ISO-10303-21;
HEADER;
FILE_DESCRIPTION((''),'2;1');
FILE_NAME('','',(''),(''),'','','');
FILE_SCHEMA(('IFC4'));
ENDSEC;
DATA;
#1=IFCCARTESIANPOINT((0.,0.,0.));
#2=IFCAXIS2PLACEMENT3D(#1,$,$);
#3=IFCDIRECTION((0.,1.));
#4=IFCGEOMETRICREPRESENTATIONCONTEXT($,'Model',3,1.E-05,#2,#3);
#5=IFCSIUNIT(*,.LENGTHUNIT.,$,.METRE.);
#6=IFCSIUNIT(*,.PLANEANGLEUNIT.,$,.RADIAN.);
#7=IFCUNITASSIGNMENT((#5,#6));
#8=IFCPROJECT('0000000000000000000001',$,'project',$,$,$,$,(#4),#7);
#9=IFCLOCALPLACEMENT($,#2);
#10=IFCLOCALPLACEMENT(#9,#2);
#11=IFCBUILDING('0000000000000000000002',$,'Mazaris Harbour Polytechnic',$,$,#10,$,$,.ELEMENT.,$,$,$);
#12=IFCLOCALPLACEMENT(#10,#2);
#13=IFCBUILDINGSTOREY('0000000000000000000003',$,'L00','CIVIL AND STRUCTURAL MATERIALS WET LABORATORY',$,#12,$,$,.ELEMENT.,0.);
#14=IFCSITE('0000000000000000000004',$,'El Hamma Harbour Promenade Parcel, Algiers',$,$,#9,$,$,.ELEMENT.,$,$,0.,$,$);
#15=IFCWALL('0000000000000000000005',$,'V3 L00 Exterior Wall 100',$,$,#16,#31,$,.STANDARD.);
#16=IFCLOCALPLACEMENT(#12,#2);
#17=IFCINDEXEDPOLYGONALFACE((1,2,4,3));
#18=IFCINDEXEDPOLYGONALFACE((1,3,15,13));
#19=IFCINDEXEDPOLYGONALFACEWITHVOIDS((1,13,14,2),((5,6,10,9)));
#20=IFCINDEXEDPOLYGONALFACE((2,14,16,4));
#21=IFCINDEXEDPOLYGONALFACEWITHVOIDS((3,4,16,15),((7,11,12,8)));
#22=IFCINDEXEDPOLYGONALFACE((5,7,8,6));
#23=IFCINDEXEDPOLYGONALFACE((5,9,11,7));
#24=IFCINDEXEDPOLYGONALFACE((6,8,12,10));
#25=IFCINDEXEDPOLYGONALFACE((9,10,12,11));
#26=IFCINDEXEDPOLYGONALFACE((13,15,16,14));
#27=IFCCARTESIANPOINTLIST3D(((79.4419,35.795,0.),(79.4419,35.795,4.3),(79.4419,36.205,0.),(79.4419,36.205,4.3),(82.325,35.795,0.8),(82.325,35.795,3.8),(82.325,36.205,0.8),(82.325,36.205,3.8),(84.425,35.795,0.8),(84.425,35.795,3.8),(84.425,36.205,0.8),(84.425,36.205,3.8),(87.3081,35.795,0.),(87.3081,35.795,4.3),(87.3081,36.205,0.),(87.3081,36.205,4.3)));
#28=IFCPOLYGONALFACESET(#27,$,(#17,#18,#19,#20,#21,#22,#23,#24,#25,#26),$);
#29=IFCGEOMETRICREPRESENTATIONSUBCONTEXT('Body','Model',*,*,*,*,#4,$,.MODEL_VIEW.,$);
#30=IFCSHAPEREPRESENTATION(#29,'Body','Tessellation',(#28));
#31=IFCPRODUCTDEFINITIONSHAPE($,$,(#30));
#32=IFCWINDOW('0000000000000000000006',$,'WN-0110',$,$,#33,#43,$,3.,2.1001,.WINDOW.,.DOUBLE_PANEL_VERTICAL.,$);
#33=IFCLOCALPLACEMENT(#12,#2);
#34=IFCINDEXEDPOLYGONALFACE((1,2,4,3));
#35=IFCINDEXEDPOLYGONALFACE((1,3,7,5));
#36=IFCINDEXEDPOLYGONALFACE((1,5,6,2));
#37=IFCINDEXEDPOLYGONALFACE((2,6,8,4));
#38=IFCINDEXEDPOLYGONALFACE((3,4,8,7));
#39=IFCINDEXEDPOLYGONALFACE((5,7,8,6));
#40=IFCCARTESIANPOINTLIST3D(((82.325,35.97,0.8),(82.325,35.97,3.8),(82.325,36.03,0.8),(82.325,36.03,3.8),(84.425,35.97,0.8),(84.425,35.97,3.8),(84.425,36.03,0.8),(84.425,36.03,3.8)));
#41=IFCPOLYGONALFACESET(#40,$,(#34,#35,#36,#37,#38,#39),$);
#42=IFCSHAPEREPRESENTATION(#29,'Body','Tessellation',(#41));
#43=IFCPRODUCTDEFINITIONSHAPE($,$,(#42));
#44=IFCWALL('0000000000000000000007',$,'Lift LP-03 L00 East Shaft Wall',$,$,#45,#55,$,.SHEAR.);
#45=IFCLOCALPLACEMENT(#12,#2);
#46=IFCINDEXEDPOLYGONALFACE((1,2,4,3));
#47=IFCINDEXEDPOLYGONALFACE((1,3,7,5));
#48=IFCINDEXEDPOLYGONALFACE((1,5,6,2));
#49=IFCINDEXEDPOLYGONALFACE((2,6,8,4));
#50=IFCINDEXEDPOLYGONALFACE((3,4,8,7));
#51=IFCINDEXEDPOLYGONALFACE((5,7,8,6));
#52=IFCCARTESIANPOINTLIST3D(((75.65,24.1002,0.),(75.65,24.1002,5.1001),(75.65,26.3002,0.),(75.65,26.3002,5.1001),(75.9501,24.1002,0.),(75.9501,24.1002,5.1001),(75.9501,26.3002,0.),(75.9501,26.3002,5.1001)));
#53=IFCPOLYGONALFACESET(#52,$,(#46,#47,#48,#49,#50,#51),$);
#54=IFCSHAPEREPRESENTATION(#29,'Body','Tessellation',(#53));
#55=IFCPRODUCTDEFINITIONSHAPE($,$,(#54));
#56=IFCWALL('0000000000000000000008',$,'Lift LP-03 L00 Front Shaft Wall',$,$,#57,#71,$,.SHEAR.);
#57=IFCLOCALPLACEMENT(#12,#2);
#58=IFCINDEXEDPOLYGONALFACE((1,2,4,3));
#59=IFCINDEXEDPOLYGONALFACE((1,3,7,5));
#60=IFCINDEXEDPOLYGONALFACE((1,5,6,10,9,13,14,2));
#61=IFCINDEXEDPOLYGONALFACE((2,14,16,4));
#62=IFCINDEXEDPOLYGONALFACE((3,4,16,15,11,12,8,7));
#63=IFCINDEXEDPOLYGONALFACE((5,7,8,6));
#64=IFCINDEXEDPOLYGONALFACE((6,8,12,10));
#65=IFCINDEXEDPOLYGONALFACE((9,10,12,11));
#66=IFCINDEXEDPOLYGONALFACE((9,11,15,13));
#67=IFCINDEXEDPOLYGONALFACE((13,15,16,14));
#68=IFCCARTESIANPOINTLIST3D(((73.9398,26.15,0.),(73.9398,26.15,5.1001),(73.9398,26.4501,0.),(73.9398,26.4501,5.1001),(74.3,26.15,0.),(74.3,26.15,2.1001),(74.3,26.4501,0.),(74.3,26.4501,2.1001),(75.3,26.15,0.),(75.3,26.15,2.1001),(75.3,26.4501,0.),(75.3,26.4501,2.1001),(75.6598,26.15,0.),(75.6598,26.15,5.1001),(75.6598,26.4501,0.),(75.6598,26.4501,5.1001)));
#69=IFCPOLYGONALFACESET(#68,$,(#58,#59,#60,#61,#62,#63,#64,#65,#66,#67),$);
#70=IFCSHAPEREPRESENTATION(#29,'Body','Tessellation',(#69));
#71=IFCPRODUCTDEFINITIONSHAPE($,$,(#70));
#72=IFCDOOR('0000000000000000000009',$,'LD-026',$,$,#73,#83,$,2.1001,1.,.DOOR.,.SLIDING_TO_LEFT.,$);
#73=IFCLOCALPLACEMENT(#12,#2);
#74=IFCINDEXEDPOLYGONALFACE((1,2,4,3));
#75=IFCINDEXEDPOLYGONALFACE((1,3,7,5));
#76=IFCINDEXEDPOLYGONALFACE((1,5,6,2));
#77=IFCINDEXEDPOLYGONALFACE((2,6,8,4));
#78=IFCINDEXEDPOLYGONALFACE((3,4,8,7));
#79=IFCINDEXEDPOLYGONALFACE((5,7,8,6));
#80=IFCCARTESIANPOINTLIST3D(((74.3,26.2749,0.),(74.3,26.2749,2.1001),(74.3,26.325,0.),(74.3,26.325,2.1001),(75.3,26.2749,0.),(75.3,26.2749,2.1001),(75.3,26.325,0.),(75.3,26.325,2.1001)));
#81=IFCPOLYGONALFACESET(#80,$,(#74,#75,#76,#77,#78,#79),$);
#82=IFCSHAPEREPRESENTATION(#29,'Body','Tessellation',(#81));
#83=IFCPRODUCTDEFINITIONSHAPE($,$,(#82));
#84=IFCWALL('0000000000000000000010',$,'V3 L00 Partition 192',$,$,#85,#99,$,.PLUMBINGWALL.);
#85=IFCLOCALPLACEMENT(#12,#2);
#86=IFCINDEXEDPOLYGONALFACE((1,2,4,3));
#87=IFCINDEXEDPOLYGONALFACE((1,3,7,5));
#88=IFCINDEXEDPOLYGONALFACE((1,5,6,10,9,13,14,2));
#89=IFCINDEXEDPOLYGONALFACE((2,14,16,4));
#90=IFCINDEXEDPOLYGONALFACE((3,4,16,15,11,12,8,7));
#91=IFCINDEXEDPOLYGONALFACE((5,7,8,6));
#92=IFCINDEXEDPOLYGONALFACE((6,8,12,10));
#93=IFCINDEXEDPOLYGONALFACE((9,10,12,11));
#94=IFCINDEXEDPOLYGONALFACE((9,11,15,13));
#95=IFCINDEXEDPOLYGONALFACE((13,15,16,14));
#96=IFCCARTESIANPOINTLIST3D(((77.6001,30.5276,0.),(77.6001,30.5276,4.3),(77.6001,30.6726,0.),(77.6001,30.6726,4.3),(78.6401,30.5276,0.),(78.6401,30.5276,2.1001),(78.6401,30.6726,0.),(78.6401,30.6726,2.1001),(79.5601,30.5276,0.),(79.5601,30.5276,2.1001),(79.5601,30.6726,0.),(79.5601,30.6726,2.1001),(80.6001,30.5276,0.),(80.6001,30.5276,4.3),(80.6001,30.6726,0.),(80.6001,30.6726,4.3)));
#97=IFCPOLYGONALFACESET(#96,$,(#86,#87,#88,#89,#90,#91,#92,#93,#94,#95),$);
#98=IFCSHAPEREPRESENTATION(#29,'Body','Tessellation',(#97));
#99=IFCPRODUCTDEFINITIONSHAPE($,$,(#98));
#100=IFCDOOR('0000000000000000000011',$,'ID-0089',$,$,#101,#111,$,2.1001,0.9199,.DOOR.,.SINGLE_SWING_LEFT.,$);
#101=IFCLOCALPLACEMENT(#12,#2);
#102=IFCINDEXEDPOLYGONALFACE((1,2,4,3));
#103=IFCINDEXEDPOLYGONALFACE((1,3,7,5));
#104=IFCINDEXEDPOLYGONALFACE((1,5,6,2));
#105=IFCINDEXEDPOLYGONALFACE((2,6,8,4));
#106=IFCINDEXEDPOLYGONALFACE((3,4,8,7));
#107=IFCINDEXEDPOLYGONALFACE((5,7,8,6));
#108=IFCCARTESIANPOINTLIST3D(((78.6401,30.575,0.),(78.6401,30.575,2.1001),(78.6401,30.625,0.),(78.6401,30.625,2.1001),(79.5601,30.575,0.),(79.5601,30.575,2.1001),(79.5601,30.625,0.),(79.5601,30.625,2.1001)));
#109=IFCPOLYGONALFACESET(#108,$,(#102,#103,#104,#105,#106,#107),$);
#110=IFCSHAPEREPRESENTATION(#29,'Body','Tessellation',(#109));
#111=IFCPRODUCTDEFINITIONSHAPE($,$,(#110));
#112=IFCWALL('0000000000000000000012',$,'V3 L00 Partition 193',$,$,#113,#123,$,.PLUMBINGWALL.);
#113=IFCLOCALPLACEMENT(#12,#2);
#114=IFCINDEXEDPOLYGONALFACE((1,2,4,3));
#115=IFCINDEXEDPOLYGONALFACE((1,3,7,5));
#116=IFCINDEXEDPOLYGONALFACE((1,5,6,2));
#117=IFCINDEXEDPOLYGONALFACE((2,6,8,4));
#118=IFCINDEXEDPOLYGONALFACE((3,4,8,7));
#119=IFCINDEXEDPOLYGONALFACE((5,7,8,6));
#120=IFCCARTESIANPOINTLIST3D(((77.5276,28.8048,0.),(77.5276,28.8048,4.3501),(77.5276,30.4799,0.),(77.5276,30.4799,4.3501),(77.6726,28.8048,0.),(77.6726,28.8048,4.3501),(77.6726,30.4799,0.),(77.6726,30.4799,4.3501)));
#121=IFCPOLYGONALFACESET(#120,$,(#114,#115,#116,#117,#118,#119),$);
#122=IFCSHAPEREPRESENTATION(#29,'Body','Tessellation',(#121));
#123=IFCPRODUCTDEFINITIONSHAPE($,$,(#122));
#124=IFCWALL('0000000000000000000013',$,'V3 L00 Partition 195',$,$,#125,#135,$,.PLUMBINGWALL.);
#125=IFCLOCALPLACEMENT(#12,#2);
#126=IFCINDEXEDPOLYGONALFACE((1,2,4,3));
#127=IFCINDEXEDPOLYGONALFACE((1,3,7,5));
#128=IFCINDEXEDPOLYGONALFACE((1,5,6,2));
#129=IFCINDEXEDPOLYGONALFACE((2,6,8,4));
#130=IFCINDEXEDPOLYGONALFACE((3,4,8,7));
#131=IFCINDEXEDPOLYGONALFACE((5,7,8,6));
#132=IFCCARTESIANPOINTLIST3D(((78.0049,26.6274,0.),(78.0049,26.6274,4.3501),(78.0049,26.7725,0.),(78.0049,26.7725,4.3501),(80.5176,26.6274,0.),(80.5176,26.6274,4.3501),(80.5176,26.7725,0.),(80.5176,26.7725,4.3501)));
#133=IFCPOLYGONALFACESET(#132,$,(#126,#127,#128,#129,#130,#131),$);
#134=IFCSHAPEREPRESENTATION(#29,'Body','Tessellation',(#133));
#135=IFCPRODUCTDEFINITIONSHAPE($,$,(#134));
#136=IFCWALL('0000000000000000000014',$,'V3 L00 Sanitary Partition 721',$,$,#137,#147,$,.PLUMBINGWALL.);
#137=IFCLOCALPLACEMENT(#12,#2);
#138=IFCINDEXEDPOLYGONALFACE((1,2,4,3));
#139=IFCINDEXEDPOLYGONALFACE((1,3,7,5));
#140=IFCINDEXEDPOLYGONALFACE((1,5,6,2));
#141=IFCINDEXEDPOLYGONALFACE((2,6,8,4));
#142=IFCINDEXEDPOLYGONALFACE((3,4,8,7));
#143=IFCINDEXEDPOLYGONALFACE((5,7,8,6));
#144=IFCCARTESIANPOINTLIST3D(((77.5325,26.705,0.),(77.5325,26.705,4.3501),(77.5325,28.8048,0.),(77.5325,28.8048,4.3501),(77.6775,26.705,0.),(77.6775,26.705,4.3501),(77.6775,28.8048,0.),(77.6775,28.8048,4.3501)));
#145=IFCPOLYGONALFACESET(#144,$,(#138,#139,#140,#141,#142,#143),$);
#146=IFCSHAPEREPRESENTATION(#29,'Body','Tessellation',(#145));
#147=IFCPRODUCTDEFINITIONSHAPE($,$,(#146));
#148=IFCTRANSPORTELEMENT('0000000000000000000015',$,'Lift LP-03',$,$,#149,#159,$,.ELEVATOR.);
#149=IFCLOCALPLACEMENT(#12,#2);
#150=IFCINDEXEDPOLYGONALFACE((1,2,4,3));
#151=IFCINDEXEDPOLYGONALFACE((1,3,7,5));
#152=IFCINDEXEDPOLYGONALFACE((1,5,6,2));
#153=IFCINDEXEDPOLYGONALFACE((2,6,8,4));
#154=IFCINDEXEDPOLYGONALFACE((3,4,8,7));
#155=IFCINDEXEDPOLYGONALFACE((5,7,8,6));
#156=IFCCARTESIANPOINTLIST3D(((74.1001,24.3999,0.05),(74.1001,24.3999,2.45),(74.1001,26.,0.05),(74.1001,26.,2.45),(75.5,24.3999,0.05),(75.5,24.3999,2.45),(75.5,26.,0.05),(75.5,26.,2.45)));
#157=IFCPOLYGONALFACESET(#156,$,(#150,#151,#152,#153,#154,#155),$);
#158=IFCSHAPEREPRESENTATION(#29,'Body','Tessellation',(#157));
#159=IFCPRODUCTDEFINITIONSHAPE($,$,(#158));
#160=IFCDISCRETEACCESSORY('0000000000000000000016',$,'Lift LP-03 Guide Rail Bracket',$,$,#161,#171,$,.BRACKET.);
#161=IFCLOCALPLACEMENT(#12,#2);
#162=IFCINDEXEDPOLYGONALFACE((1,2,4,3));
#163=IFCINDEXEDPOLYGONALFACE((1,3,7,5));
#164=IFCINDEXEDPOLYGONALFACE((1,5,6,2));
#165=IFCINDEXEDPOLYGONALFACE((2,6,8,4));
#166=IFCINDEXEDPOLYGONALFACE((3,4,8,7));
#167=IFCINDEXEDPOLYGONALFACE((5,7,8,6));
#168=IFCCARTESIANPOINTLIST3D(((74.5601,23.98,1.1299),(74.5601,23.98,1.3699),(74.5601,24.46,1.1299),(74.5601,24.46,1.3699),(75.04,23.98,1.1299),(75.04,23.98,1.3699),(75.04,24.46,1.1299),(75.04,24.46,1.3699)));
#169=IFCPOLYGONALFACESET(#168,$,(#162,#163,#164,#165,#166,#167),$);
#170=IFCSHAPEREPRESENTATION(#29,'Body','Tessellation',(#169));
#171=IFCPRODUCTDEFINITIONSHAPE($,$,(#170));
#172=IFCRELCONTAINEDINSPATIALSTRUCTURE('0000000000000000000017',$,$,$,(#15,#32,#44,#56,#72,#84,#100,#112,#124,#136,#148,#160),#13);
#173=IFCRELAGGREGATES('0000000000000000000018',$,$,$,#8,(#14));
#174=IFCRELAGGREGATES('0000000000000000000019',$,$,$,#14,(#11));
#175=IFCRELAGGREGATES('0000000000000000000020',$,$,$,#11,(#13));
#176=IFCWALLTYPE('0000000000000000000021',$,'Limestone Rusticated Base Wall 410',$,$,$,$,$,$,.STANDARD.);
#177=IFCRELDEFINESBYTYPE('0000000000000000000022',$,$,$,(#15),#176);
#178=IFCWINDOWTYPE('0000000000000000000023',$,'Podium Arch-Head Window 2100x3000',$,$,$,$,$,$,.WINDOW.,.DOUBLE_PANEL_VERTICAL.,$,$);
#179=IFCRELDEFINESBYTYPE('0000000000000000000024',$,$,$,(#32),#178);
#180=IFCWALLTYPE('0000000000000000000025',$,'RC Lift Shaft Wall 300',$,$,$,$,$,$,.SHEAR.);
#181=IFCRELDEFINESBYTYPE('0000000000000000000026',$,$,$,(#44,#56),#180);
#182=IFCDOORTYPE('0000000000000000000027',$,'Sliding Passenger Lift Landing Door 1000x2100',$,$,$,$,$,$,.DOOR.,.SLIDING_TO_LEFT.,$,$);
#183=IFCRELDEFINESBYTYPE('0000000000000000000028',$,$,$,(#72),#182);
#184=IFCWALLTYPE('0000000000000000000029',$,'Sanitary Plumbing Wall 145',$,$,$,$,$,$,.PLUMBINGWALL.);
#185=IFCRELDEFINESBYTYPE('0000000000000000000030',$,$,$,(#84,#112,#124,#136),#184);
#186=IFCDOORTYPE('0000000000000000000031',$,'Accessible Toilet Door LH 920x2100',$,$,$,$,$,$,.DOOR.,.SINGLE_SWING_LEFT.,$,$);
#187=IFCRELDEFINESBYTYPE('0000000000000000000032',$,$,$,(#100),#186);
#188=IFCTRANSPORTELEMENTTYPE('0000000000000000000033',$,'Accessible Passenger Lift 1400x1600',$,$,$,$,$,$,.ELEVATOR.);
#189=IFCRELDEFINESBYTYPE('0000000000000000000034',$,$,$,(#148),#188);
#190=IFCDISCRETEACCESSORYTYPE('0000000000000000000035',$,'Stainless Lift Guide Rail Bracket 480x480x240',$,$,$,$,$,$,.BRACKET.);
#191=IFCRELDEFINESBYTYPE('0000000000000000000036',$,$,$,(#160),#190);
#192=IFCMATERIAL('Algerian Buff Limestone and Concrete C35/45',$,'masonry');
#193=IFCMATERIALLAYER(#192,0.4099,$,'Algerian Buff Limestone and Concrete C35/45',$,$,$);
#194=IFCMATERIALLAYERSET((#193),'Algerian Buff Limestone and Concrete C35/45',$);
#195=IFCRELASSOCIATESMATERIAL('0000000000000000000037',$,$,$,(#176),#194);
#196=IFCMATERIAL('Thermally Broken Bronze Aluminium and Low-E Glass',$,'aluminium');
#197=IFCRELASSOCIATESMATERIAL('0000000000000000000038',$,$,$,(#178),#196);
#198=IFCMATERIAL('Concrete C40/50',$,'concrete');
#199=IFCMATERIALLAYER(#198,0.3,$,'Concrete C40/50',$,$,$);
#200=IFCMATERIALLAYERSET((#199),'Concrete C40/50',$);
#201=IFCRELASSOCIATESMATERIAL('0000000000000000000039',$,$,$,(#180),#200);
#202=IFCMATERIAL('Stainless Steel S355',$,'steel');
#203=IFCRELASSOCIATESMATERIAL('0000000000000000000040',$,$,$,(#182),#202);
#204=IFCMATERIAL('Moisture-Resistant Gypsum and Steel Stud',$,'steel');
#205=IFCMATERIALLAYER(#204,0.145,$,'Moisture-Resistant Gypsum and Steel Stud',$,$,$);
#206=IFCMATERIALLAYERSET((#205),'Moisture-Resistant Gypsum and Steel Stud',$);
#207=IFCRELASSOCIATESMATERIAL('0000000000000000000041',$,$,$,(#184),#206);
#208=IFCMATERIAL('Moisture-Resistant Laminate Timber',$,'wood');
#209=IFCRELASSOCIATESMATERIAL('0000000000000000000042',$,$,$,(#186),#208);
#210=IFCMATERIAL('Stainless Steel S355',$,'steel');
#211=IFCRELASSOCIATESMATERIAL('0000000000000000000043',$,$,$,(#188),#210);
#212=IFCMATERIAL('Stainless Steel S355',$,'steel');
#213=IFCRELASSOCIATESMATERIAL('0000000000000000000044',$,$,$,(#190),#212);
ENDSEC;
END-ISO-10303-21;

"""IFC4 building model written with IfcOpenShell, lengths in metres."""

from ifc_helpers import new_model, si_unit, direction, frame, frame_2d, origin, origin_2d, place, context, subcontext, project, spatial, rectangle, extrude, material, layer, layer_set, type_object, element, fill, save


model = new_model("IFC4")

# Units and contexts
model_context = context("Model", 3, precision=1e-05, world=origin(), true_north=direction((0.0, 1.0)))
body_context = subcontext(model_context, "Body", "Model", "MODEL_VIEW")
ifc_project = project(units=[si_unit("LENGTHUNIT", "METRE"), si_unit("PLANEANGLEUNIT", "RADIAN")], contexts=[model_context])

# Site, building, storey
site_placement = place(None, origin())
site = spatial("IfcSite", under=ifc_project, at=site_placement, Name="El Hamma Harbour Promenade Parcel, Algiers", CompositionType="ELEMENT", RefElevation=0.0)
building_placement = place(site_placement, origin())
building = spatial("IfcBuilding", under=site, at=building_placement, Name="Mazaris Harbour Polytechnic", CompositionType="ELEMENT")
storey_placement = place(building_placement, origin())
storey = spatial("IfcBuildingStorey", under=building, at=storey_placement, Name="L00", Description="CIVIL AND STRUCTURAL MATERIALS WET LABORATORY", CompositionType="ELEMENT", Elevation=0.0)

# Wall, opening, window
ifc_material_1 = material(Name="Algerian Buff Limestone and Concrete C35/45", Category="masonry")
ifc_layer_1 = layer(ifc_material_1, 0.4099, Name="Algerian Buff Limestone and Concrete C35/45")
ifc_layer_set_1 = layer_set([ifc_layer_1], Name="Algerian Buff Limestone and Concrete C35/45")
wall_type_1 = type_object("IfcWallType", Name="Limestone Rusticated Base Wall 410", PredefinedType="STANDARD", material=ifc_layer_set_1)
wall_1_placement = place(storey_placement, frame((79.4419, 36.0, 0.0), z_axis=(0.0, 0.0, 1.0), x_axis=(1.0, 0.0, 0.0)))
wall_1 = element("IfcWall", 1, at=wall_1_placement, inside=storey, type_object=wall_type_1, Name="V3 L00 Exterior Wall 100", PredefinedType="STANDARD", context=body_context, shape_type="SweptSolid", body=[
    extrude(rectangle(XDim=7.8662, YDim=0.4099, at=frame_2d((3.9331, 0.0))), origin(), (0.0, 0.0, 1.0), 4.3),
])
opening_1_placement = place(wall_1_placement, frame((2.8831, 0.0, 0.8)))
opening_1 = element("IfcOpeningElement", 2, at=opening_1_placement, cuts=wall_1, PredefinedType="OPENING", context=body_context, shape_type="SweptSolid", body=[
    extrude(rectangle(XDim=2.1001, YDim=3.0, at=frame_2d((1.05, 1.5))), frame((0.0, 0.2148, 0.0), z_axis=(0.0, -1.0, 0.0), x_axis=(1.0, 0.0, 0.0)), (0.0, 0.0, 1.0), 0.4299),
])
ifc_material_2 = material(Name="Thermally Broken Bronze Aluminium and Low-E Glass", Category="aluminium")
window_type = type_object("IfcWindowType", Name="Podium Arch-Head Window 2100x3000", PartitioningType="DOUBLE_PANEL_VERTICAL", PredefinedType="WINDOW", material=ifc_material_2)
window_placement = place(opening_1_placement, origin())
window = element("IfcWindow", 3, at=window_placement, inside=storey, type_object=window_type, Name="WN-0110", OverallHeight=3.0, OverallWidth=2.1001, PartitioningType="DOUBLE_PANEL_VERTICAL", PredefinedType="WINDOW", context=body_context, shape_type="SweptSolid", body=[
    extrude(rectangle(XDim=2.1001, YDim=3.0, at=frame_2d((1.05, 1.5))), frame((0.0, 0.03, 0.0), z_axis=(0.0, -1.0, 0.0), x_axis=(1.0, 0.0, 0.0)), (0.0, 0.0, 1.0), 0.0601),
])
fill(opening_1, window)

# Wall
ifc_material_3 = material(Name="Concrete C40/50", Category="concrete")
ifc_layer_2 = layer(ifc_material_3, 0.3, Name="Concrete C40/50")
ifc_layer_set_2 = layer_set([ifc_layer_2], Name="Concrete C40/50")
wall_type_2 = type_object("IfcWallType", Name="RC Lift Shaft Wall 300", PredefinedType="SHEAR", material=ifc_layer_set_2)
wall_2_placement = place(storey_placement, frame((75.8, 24.1001, 0.0), z_axis=(0.0, 0.0, 1.0), x_axis=(0.0, 1.0, 0.0)))
element("IfcWall", 4, at=wall_2_placement, inside=storey, type_object=wall_type_2, Name="Lift LP-03 L00 East Shaft Wall", PredefinedType="SHEAR", context=body_context, shape_type="SweptSolid", body=[
    extrude(rectangle(XDim=2.2, YDim=0.3, at=frame_2d((1.1001, 0.0))), origin(), (0.0, 0.0, 1.0), 5.1001),
])

# Walls, openings, doors
wall_3_placement = place(storey_placement, frame((73.9399, 26.3, 0.0), z_axis=(0.0, 0.0, 1.0), x_axis=(1.0, 0.0, 0.0)))
wall_3 = element("IfcWall", 5, at=wall_3_placement, inside=storey, type_object=wall_type_2, Name="Lift LP-03 L00 Front Shaft Wall", PredefinedType="SHEAR", context=body_context, shape_type="SweptSolid", body=[
    extrude(rectangle(XDim=1.72, YDim=0.3, at=frame_2d((0.8599, 0.0))), origin(), (0.0, 0.0, 1.0), 5.1001),
])
opening_2_placement = place(wall_3_placement, frame((0.3601, 0.0, 0.0)))
opening_2 = element("IfcOpeningElement", 6, at=opening_2_placement, cuts=wall_3, PredefinedType="OPENING", context=body_context, shape_type="SweptSolid", body=[
    extrude(rectangle(XDim=1.0, YDim=2.1001, at=frame_2d((0.5, 1.05))), frame((0.0, 0.1599, 0.0), z_axis=(0.0, -1.0, 0.0), x_axis=(1.0, 0.0, 0.0)), (0.0, 0.0, 1.0), 0.3201),
])
ifc_material_4 = material(Name="Stainless Steel S355", Category="steel")
door_type_1 = type_object("IfcDoorType", Name="Sliding Passenger Lift Landing Door 1000x2100", OperationType="SLIDING_TO_LEFT", PredefinedType="DOOR", material=ifc_material_4)
door_1_placement = place(opening_2_placement, origin())
door_1 = element("IfcDoor", 7, at=door_1_placement, inside=storey, type_object=door_type_1, Name="LD-026", OperationType="SLIDING_TO_LEFT", OverallHeight=2.1001, OverallWidth=1.0, PredefinedType="DOOR", context=body_context, shape_type="SweptSolid", body=[
    extrude(rectangle(XDim=1.0, YDim=2.1001, at=frame_2d((0.5, 1.05))), frame((0.0, 0.0249, 0.0), z_axis=(0.0, -1.0, 0.0), x_axis=(1.0, 0.0, 0.0)), (0.0, 0.0, 1.0), 0.05),
])
fill(opening_2, door_1)
ifc_material_5 = material(Name="Moisture-Resistant Gypsum and Steel Stud", Category="steel")
ifc_layer_3 = layer(ifc_material_5, 0.145, Name="Moisture-Resistant Gypsum and Steel Stud")
ifc_layer_set_3 = layer_set([ifc_layer_3], Name="Moisture-Resistant Gypsum and Steel Stud")
wall_type_3 = type_object("IfcWallType", Name="Sanitary Plumbing Wall 145", PredefinedType="PLUMBINGWALL", material=ifc_layer_set_3)
wall_4_placement = place(storey_placement, frame((77.6001, 30.6001, 0.0), z_axis=(0.0, 0.0, 1.0), x_axis=(1.0, 0.0, 0.0)))
wall_4 = element("IfcWall", 8, at=wall_4_placement, inside=storey, type_object=wall_type_3, Name="V3 L00 Partition 192", PredefinedType="PLUMBINGWALL", context=body_context, shape_type="SweptSolid", body=[
    extrude(rectangle(XDim=3.0, YDim=0.145, at=frame_2d((1.5, 0.0))), origin(), (0.0, 0.0, 1.0), 4.3),
])
opening_3_placement = place(wall_4_placement, frame((1.04, 0.0, 0.0)))
opening_3 = element("IfcOpeningElement", 9, at=opening_3_placement, cuts=wall_4, PredefinedType="OPENING", context=body_context, shape_type="SweptSolid", body=[
    extrude(rectangle(XDim=0.9199, YDim=2.1001, at=frame_2d((0.46, 1.05))), frame((0.0, 0.0825, 0.0), z_axis=(0.0, -1.0, 0.0), x_axis=(1.0, 0.0, 0.0)), (0.0, 0.0, 1.0), 0.165),
])
ifc_material_6 = material(Name="Moisture-Resistant Laminate Timber", Category="wood")
door_type_2 = type_object("IfcDoorType", Name="Accessible Toilet Door LH 920x2100", OperationType="SINGLE_SWING_LEFT", PredefinedType="DOOR", material=ifc_material_6)
door_2_placement = place(opening_3_placement, origin())
door_2 = element("IfcDoor", 10, at=door_2_placement, inside=storey, type_object=door_type_2, Name="ID-0089", OperationType="SINGLE_SWING_LEFT", OverallHeight=2.1001, OverallWidth=0.9199, PredefinedType="DOOR", context=body_context, shape_type="SweptSolid", body=[
    extrude(rectangle(XDim=0.9199, YDim=2.1001, at=frame_2d((0.46, 1.05))), frame((0.0, 0.0249, 0.0), z_axis=(0.0, -1.0, 0.0), x_axis=(1.0, 0.0, 0.0)), (0.0, 0.0, 1.0), 0.05),
])
fill(opening_3, door_2)

# Walls
wall_5_placement = place(storey_placement, frame((77.6001, 28.8049, 0.0), z_axis=(0.0, 0.0, 1.0), x_axis=(0.0, 1.0, 0.0)))
element("IfcWall", 11, at=wall_5_placement, inside=storey, type_object=wall_type_3, Name="V3 L00 Partition 193", PredefinedType="PLUMBINGWALL", context=body_context, shape_type="SweptSolid", body=[
    extrude(rectangle(XDim=1.675, YDim=0.145, at=frame_2d((0.8374, 0.0))), origin(), (0.0, 0.0, 1.0), 4.3501),
])
wall_6_placement = place(storey_placement, frame((78.0049, 26.7, 0.0), z_axis=(0.0, 0.0, 1.0), x_axis=(1.0, 0.0, 0.0)))
element("IfcWall", 12, at=wall_6_placement, inside=storey, type_object=wall_type_3, Name="V3 L00 Partition 195", PredefinedType="PLUMBINGWALL", context=body_context, shape_type="SweptSolid", body=[
    extrude(rectangle(XDim=2.5127, YDim=0.145, at=frame_2d((1.2563, 0.0))), origin(), (0.0, 0.0, 1.0), 4.3501),
])
wall_7_placement = place(storey_placement, frame((77.605, 26.7051, 0.0), z_axis=(0.0, 0.0, 1.0), x_axis=(0.0, 1.0, 0.0)))
element("IfcWall", 13, at=wall_7_placement, inside=storey, type_object=wall_type_3, Name="V3 L00 Sanitary Partition 721", PredefinedType="PLUMBINGWALL", context=body_context, shape_type="SweptSolid", body=[
    extrude(rectangle(XDim=2.0999, YDim=0.145, at=frame_2d((1.0498, 0.0))), origin(), (0.0, 0.0, 1.0), 4.3501),
])

# Transport element
ifc_material_7 = material(Name="Stainless Steel S355", Category="steel")
transport_element_type = type_object("IfcTransportElementType", Name="Accessible Passenger Lift 1400x1600", PredefinedType="ELEVATOR", material=ifc_material_7)
transport_element_placement = place(storey_placement, frame((74.8, 25.2, 0.05), z_axis=(0.0, 0.0, 1.0), x_axis=(1.0, 0.0, 0.0)))
element("IfcTransportElement", 14, at=transport_element_placement, inside=storey, type_object=transport_element_type, Name="Lift LP-03", PredefinedType="ELEVATOR", context=body_context, shape_type="SweptSolid", body=[
    extrude(rectangle(XDim=1.3999, YDim=1.6001, at=origin_2d()), origin(), (0.0, 0.0, 1.0), 2.3999),
])

# Discrete accessory
ifc_material_8 = material(Name="Stainless Steel S355", Category="steel")
discrete_accessory_type = type_object("IfcDiscreteAccessoryType", Name="Stainless Lift Guide Rail Bracket 480x480x240", PredefinedType="BRACKET", material=ifc_material_8)
discrete_accessory_placement = place(storey_placement, frame((74.8, 24.22, 1.1299), z_axis=(0.0, 0.0, 1.0), x_axis=(1.0, 0.0, 0.0)))
element("IfcDiscreteAccessory", 15, at=discrete_accessory_placement, inside=storey, type_object=discrete_accessory_type, Name="Lift LP-03 Guide Rail Bracket", PredefinedType="BRACKET", context=body_context, shape_type="SweptSolid", body=[
    extrude(rectangle(XDim=0.48, YDim=0.48, at=origin_2d()), origin(), (0.0, 0.0, 1.0), 0.24),
])

save(model, "model.ifc")
